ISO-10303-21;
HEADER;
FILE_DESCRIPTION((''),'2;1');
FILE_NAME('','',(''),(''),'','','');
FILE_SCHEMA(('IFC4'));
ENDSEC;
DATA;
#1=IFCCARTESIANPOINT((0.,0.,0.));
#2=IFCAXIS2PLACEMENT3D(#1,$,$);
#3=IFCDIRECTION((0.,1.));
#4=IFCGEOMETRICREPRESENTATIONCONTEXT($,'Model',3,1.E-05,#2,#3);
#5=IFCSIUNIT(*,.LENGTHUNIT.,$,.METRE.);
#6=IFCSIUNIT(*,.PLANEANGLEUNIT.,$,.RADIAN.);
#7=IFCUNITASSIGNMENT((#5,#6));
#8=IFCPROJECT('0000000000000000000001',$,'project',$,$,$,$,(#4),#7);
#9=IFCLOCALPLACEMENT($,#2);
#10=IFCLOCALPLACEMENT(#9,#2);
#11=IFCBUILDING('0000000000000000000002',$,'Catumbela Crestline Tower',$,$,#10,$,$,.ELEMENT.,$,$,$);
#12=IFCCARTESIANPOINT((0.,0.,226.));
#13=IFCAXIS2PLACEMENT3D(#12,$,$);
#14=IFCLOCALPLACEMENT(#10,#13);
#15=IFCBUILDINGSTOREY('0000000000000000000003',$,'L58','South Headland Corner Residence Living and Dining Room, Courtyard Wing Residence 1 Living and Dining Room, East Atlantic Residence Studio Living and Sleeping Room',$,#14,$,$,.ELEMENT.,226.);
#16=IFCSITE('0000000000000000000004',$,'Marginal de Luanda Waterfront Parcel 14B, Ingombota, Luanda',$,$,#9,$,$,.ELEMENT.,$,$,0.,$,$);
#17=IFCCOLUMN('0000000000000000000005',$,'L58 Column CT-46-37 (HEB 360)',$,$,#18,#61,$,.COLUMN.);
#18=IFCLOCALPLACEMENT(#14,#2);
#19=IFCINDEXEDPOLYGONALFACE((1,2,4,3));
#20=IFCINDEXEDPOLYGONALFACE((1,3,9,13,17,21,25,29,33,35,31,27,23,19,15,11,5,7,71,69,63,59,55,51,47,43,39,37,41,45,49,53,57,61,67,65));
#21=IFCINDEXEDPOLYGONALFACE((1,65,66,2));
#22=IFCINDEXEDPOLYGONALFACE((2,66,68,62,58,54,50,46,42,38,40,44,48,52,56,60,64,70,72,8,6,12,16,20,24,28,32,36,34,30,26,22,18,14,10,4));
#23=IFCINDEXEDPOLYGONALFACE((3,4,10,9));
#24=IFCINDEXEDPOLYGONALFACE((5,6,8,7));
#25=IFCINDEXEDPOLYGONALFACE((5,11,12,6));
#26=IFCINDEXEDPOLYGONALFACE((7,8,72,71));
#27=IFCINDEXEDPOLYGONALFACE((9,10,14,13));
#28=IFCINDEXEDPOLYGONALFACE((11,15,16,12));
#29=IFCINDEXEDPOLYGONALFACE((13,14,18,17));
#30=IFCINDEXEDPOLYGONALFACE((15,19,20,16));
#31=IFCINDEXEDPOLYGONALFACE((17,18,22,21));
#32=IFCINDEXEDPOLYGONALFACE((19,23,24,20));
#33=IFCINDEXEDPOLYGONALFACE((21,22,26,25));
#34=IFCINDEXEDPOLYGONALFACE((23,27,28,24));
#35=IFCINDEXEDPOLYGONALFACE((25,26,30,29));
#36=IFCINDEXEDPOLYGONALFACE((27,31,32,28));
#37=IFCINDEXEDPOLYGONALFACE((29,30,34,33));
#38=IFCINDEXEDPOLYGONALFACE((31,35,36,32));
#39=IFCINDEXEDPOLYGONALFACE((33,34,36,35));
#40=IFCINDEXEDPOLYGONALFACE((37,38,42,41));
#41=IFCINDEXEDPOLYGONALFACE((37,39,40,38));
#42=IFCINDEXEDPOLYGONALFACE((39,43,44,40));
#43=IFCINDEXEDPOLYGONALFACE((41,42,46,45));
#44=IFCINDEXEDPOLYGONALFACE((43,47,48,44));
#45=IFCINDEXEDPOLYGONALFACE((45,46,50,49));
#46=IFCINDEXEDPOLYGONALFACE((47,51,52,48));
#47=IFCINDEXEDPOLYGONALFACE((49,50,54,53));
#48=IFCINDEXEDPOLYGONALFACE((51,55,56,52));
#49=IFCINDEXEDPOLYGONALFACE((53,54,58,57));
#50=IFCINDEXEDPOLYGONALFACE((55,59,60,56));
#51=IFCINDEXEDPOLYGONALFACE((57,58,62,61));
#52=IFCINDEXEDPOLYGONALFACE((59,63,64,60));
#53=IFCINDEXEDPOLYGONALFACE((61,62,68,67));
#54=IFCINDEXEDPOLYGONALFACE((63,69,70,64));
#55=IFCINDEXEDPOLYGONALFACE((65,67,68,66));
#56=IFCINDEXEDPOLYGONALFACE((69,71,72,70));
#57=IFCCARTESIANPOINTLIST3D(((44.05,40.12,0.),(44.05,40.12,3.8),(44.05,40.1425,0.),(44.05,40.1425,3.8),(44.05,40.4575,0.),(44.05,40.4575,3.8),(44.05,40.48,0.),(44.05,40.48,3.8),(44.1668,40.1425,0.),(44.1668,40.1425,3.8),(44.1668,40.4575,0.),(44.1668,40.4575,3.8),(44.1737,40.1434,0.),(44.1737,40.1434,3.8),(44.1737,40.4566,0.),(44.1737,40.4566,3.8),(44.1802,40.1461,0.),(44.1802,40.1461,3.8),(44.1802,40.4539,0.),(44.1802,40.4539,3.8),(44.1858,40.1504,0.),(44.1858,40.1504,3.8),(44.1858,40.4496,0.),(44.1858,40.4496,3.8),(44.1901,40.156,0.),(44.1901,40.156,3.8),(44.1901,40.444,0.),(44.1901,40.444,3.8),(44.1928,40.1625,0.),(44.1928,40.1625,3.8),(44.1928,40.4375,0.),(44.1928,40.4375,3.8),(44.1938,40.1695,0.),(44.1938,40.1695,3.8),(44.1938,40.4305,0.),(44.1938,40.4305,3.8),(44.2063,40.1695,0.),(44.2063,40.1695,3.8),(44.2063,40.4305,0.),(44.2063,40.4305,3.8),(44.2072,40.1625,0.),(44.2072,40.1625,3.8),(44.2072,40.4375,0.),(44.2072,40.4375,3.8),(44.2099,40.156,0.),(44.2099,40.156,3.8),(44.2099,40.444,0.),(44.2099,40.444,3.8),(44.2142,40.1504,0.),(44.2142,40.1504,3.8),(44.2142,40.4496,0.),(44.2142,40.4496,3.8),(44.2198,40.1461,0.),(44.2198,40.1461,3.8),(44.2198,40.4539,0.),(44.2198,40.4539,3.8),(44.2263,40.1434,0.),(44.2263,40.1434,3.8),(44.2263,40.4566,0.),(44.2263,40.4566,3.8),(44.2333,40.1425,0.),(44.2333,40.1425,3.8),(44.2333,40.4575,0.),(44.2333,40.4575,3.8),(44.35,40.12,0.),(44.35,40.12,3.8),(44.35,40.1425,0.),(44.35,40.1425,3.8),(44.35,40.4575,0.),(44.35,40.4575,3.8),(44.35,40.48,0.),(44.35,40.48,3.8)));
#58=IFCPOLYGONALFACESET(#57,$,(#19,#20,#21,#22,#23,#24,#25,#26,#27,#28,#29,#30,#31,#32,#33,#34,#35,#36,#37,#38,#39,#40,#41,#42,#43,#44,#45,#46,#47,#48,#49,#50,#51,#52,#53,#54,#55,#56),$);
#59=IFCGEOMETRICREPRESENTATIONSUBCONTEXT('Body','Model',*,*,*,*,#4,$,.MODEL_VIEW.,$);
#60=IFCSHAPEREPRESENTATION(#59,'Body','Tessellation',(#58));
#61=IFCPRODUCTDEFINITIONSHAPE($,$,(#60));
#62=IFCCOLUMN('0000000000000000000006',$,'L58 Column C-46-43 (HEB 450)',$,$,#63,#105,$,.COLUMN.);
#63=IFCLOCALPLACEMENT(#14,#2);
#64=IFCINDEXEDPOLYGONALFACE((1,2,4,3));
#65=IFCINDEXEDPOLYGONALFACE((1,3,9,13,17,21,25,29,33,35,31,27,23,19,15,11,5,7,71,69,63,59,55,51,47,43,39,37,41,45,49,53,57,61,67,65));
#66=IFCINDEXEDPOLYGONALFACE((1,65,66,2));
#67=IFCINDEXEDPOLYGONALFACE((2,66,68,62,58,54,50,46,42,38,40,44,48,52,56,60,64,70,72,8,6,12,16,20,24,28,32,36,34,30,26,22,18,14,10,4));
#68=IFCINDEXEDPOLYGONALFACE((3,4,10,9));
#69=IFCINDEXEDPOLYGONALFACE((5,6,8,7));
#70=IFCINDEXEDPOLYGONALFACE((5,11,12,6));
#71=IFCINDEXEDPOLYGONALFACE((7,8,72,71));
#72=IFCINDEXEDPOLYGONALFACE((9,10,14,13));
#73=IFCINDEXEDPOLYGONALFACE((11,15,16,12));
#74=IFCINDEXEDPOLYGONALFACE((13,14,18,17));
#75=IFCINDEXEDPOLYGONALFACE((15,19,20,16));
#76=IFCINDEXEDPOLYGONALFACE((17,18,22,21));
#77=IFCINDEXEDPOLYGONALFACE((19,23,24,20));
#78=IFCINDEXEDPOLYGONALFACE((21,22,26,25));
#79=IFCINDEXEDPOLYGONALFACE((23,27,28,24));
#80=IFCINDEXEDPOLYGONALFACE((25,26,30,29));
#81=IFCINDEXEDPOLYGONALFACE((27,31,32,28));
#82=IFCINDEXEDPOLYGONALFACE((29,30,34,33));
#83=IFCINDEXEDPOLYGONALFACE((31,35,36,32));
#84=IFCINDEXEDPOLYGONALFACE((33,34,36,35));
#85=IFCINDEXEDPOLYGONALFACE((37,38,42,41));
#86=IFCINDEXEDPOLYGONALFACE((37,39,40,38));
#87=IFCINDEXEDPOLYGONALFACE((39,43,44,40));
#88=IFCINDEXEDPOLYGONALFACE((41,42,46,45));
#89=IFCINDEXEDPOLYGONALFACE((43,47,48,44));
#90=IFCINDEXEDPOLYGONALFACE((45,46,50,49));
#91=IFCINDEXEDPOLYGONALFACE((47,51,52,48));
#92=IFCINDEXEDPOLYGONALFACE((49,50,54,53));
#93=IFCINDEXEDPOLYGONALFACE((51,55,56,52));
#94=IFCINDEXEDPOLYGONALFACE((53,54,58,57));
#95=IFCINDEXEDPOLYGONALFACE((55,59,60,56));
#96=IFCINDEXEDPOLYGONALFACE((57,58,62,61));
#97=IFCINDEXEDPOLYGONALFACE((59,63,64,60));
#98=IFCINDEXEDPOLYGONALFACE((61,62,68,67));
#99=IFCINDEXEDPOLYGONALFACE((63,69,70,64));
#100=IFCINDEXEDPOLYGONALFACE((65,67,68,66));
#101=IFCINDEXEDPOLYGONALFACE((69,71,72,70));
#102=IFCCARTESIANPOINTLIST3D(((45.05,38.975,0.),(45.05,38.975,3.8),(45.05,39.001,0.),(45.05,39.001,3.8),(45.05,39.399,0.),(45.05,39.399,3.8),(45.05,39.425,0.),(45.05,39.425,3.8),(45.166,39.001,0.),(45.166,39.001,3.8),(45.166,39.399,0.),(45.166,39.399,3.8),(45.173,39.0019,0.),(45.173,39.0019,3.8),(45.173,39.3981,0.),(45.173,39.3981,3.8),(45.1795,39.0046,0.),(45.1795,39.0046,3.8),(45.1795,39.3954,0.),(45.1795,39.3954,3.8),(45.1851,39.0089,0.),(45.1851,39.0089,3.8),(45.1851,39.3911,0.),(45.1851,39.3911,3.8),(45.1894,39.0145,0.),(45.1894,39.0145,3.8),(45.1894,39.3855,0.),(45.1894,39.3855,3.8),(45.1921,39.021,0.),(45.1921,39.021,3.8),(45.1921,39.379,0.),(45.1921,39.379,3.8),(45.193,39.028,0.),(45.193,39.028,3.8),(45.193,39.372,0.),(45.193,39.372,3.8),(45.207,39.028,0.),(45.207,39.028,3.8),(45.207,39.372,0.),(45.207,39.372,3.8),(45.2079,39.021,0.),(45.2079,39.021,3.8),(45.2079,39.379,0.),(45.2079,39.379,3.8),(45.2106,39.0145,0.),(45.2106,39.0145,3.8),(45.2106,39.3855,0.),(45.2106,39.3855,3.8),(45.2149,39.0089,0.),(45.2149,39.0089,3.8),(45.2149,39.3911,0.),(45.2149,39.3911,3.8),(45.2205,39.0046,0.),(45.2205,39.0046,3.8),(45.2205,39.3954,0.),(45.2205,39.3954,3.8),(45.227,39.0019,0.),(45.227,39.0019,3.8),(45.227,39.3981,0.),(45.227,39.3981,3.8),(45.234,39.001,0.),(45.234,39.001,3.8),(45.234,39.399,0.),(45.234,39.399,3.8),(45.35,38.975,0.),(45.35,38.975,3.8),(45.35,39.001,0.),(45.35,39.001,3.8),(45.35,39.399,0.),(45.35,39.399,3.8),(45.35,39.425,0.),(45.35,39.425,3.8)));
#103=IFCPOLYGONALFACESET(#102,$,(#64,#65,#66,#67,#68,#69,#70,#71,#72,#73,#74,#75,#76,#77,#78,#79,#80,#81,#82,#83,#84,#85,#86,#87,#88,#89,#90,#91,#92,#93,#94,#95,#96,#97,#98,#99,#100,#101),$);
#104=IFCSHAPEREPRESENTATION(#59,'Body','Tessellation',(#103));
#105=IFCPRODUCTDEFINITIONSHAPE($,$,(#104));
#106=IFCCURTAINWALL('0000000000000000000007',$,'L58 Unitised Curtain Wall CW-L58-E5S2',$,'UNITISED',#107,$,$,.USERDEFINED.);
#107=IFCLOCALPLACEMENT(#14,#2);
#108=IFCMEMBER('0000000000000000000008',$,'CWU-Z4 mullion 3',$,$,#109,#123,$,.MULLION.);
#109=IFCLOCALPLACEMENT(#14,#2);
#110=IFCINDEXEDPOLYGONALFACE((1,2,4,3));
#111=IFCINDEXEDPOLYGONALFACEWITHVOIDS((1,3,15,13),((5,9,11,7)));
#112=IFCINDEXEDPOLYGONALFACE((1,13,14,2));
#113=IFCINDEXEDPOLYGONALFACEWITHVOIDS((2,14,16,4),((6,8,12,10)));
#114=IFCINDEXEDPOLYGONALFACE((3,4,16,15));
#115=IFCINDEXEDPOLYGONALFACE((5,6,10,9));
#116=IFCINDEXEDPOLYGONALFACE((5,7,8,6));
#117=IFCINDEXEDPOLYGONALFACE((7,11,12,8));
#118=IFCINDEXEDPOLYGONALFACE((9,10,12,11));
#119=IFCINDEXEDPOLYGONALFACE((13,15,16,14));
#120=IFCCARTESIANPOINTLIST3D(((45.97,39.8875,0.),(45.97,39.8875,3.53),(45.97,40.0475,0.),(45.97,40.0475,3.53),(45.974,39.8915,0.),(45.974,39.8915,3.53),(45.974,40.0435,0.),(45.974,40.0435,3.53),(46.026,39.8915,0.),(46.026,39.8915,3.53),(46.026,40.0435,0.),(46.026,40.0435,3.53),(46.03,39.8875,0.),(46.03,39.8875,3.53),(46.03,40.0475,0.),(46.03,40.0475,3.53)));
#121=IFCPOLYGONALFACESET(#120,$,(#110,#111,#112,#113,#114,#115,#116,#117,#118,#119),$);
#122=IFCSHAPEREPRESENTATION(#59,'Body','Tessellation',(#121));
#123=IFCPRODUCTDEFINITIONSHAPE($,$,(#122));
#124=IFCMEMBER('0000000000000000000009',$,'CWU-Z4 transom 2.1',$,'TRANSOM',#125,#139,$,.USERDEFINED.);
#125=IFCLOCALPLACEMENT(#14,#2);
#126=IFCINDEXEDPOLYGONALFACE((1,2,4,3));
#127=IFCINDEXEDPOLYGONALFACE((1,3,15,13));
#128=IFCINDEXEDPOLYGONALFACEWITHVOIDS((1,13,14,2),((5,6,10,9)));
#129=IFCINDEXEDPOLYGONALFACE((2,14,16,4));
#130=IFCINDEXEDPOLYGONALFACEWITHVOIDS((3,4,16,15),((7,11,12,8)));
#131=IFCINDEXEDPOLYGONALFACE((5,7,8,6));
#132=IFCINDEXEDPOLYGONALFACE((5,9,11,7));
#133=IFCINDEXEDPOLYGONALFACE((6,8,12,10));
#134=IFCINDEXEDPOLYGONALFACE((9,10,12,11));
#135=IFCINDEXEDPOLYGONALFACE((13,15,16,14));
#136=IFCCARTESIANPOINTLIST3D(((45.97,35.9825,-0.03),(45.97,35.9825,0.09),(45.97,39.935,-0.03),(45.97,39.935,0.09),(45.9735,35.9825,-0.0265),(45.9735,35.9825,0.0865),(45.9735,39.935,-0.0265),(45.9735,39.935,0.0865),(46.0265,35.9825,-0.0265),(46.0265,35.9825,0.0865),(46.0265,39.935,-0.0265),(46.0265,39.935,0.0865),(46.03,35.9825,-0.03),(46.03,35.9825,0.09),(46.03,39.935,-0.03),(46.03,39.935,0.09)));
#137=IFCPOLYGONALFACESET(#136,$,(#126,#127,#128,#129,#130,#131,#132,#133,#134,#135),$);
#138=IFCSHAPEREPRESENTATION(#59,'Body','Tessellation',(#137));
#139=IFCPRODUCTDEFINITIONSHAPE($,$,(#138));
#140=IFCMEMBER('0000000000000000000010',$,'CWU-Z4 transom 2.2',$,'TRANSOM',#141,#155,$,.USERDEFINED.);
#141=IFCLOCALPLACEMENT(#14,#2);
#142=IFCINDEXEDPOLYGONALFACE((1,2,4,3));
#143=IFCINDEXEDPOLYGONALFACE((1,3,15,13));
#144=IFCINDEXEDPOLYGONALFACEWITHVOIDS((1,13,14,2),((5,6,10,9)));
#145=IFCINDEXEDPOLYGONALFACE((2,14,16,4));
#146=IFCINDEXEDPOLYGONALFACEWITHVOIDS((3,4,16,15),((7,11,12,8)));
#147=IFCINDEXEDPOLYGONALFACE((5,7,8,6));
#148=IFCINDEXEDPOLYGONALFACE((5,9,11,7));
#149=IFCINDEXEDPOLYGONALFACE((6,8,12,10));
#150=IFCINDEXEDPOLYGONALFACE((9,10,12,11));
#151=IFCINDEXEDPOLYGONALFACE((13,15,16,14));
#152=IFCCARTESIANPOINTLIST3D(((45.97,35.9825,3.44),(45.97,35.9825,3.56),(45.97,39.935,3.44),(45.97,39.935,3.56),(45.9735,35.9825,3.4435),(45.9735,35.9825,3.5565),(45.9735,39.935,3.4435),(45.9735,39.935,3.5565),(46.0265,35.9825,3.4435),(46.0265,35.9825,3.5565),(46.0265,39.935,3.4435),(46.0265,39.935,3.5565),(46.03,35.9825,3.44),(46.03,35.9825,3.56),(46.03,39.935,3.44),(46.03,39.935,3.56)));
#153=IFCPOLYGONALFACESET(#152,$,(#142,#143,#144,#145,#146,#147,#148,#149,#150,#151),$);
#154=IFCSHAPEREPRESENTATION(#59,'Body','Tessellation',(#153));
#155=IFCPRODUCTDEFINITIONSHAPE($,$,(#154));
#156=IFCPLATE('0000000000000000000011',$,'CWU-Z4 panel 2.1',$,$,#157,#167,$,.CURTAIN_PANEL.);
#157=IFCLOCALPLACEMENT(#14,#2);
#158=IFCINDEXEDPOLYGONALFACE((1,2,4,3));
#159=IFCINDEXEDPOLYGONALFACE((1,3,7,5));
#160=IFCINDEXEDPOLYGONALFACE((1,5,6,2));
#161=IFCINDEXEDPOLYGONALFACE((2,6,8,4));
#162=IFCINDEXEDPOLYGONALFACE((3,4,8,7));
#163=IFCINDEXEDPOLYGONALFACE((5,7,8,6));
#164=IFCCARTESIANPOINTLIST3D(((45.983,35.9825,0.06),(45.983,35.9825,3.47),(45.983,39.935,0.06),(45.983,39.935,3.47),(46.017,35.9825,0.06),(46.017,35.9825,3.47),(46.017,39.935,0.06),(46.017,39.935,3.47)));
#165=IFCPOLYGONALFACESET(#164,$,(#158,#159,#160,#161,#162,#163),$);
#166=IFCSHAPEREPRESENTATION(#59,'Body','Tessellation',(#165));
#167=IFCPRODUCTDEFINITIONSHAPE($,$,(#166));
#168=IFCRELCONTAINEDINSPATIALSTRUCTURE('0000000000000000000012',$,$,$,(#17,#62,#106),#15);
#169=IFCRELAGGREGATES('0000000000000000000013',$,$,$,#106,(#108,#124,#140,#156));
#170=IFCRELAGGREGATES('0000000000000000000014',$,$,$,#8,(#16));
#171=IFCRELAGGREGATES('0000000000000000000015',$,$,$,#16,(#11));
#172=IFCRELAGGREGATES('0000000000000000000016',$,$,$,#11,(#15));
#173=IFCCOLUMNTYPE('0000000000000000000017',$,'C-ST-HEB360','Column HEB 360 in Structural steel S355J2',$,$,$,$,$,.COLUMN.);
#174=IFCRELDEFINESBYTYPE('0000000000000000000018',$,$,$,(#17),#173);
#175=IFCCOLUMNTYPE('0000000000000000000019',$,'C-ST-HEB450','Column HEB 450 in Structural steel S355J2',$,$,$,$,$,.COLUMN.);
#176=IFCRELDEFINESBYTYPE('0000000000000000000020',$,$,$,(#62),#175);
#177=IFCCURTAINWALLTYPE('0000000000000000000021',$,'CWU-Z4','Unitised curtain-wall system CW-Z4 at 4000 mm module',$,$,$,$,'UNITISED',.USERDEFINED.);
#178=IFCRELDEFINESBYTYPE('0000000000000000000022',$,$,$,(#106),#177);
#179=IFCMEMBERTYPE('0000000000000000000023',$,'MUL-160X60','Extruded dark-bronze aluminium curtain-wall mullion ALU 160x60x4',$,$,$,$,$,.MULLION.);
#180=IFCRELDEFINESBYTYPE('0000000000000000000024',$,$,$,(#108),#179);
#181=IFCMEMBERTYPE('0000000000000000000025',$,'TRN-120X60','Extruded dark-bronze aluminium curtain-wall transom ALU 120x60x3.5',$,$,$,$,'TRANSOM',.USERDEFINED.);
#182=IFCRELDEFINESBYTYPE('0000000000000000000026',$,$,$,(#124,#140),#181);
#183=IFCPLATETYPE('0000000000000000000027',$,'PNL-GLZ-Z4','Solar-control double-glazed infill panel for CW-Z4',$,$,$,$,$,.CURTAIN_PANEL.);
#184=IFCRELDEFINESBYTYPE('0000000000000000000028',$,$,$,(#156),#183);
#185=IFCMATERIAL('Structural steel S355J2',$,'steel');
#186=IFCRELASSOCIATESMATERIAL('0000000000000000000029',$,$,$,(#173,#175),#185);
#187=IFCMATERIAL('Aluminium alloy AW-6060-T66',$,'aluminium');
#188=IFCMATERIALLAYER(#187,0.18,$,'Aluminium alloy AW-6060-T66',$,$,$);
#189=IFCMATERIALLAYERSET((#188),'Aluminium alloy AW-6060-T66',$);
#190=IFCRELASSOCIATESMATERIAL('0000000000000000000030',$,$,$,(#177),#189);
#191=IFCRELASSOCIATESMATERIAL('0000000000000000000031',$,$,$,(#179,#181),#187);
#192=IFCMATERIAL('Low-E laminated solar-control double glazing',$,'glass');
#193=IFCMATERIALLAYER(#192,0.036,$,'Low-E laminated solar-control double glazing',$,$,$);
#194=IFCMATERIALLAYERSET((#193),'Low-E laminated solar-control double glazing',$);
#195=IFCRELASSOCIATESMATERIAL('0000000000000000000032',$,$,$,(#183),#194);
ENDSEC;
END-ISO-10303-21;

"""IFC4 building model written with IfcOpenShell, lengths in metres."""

from ifc_helpers import new_model, si_unit, direction, frame, origin, origin_2d, place, context, subcontext, project, spatial, rectangle, hollow_rectangle, i_section, extrude, material, layer, layer_set, material_profile, profile_set, type_object, element, aggregate, save


model = new_model("IFC4")

# Units and contexts
model_context = context("Model", 3, precision=1e-05, world=origin(), true_north=direction((0.0, 1.0)))
body_context = subcontext(model_context, "Body", "Model", "MODEL_VIEW")
ifc_project = project(units=[si_unit("LENGTHUNIT", "METRE"), si_unit("PLANEANGLEUNIT", "RADIAN")], contexts=[model_context])

# Site, building, storey
site_placement = place(None, origin())
site = spatial("IfcSite", under=ifc_project, at=site_placement, Name="Marginal de Luanda Waterfront Parcel 14B, Ingombota, Luanda", CompositionType="ELEMENT", RefElevation=0.0)
building_placement = place(site_placement, origin())
building = spatial("IfcBuilding", under=site, at=building_placement, Name="Catumbela Crestline Tower", CompositionType="ELEMENT")
storey_placement = place(building_placement, frame((0.0, 0.0, 226.0)))
storey = spatial("IfcBuildingStorey", under=building, at=storey_placement, Name="L58", Description="South Headland Corner Residence Living and Dining Room, Courtyard Wing Residence 1 Living and Dining Room, East Atlantic Residence Studio Living and Sleeping Room", CompositionType="ELEMENT", Elevation=226.0)

# Columns
ifc_material_1 = material(Name="Structural steel S355J2", Category="steel")
ifc_material_profile_1 = material_profile(ifc_material_1, i_section(OverallWidth=0.3, OverallDepth=0.36, WebThickness=0.0125, FlangeThickness=0.0225, FilletRadius=0.027, at=origin_2d()), Name="HEB 360")
ifc_profile_set_1 = profile_set([ifc_material_profile_1], Name="Structural steel S355J2")
column_type_1 = type_object("IfcColumnType", Name="C-ST-HEB360", Description="Column HEB 360 in Structural steel S355J2", PredefinedType="COLUMN", material=ifc_profile_set_1)
column_1_placement = place(storey_placement, frame((44.2, 40.3, 0.0), z_axis=(0.0, 0.0, 1.0), x_axis=(1.0, 0.0, 0.0)))
element("IfcColumn", 1, at=column_1_placement, inside=storey, type_object=column_type_1, Name="L58 Column CT-46-37 (HEB 360)", PredefinedType="COLUMN", context=body_context, shape_type="SweptSolid", body=[
    extrude(i_section(OverallWidth=0.3, OverallDepth=0.36, WebThickness=0.0125, FlangeThickness=0.0225, FilletRadius=0.027, at=origin_2d()), origin(), (0.0, 0.0, 1.0), 3.8),
])
ifc_material_profile_2 = material_profile(ifc_material_1, i_section(OverallWidth=0.3, OverallDepth=0.45, WebThickness=0.014, FlangeThickness=0.026, FilletRadius=0.027, at=origin_2d()), Name="HEB 450")
ifc_profile_set_2 = profile_set([ifc_material_profile_2], Name="Structural steel S355J2")
column_type_2 = type_object("IfcColumnType", Name="C-ST-HEB450", Description="Column HEB 450 in Structural steel S355J2", PredefinedType="COLUMN", material=ifc_profile_set_2)
column_2_placement = place(storey_placement, frame((45.2, 39.2, 0.0), z_axis=(0.0, 0.0, 1.0), x_axis=(1.0, 0.0, 0.0)))
element("IfcColumn", 2, at=column_2_placement, inside=storey, type_object=column_type_2, Name="L58 Column C-46-43 (HEB 450)", PredefinedType="COLUMN", context=body_context, shape_type="SweptSolid", body=[
    extrude(i_section(OverallWidth=0.3, OverallDepth=0.45, WebThickness=0.014, FlangeThickness=0.026, FilletRadius=0.027, at=origin_2d()), origin(), (0.0, 0.0, 1.0), 3.8),
])

# Curtain wall, members, plate
ifc_material_2 = material(Name="Aluminium alloy AW-6060-T66", Category="aluminium")
ifc_layer_1 = layer(ifc_material_2, 0.18, Name="Aluminium alloy AW-6060-T66")
ifc_layer_set_1 = layer_set([ifc_layer_1], Name="Aluminium alloy AW-6060-T66")
curtain_wall_type = type_object("IfcCurtainWallType", Name="CWU-Z4", Description="Unitised curtain-wall system CW-Z4 at 4000 mm module", ElementType="UNITISED", PredefinedType="USERDEFINED", material=ifc_layer_set_1)
curtain_wall_placement = place(storey_placement, origin())
curtain_wall = element("IfcCurtainWall", 3, at=curtain_wall_placement, inside=storey, type_object=curtain_wall_type, Name="L58 Unitised Curtain Wall CW-L58-E5S2", ObjectType="UNITISED", PredefinedType="USERDEFINED")
ifc_material_profile_3 = material_profile(ifc_material_2, hollow_rectangle(XDim=0.06, YDim=0.16, WallThickness=0.004, at=origin_2d()), Name="ALU 160x60x4")
ifc_profile_set_3 = profile_set([ifc_material_profile_3], Name="Aluminium alloy AW-6060-T66")
member_type_1 = type_object("IfcMemberType", Name="MUL-160X60", Description="Extruded dark-bronze aluminium curtain-wall mullion ALU 160x60x4", PredefinedType="MULLION", material=ifc_profile_set_3)
member_1_placement = place(storey_placement, frame((46.0, 39.9675, 0.0), z_axis=(0.0, 0.0, 1.0), x_axis=(-1.0, 0.0, 0.0)))
member_1 = element("IfcMember", 4, at=member_1_placement, type_object=member_type_1, Name="CWU-Z4 mullion 3", PredefinedType="MULLION", context=body_context, shape_type="SweptSolid", body=[
    extrude(hollow_rectangle(XDim=0.06, YDim=0.16, WallThickness=0.004, at=origin_2d()), origin(), (0.0, 0.0, 1.0), 3.53),
])
ifc_material_profile_4 = material_profile(ifc_material_2, hollow_rectangle(XDim=0.06, YDim=0.12, WallThickness=0.0035, at=origin_2d()), Name="ALU 120x60x3.5")
ifc_profile_set_4 = profile_set([ifc_material_profile_4], Name="Aluminium alloy AW-6060-T66")
member_type_2 = type_object("IfcMemberType", Name="TRN-120X60", Description="Extruded dark-bronze aluminium curtain-wall transom ALU 120x60x3.5", ElementType="TRANSOM", PredefinedType="USERDEFINED", material=ifc_profile_set_4)
member_2_placement = place(storey_placement, frame((46.0, 35.9825, 0.03), z_axis=(0.0, 1.0, 0.0), x_axis=(-1.0, 0.0, 0.0)))
member_2 = element("IfcMember", 5, at=member_2_placement, type_object=member_type_2, Name="CWU-Z4 transom 2.1", ObjectType="TRANSOM", PredefinedType="USERDEFINED", context=body_context, shape_type="SweptSolid", body=[
    extrude(hollow_rectangle(XDim=0.06, YDim=0.12, WallThickness=0.0035, at=origin_2d()), origin(), (0.0, 0.0, 1.0), 3.9525),
])
member_3_placement = place(storey_placement, frame((46.0, 35.9825, 3.5), z_axis=(0.0, 1.0, 0.0), x_axis=(-1.0, 0.0, 0.0)))
member_3 = element("IfcMember", 6, at=member_3_placement, type_object=member_type_2, Name="CWU-Z4 transom 2.2", ObjectType="TRANSOM", PredefinedType="USERDEFINED", context=body_context, shape_type="SweptSolid", body=[
    extrude(hollow_rectangle(XDim=0.06, YDim=0.12, WallThickness=0.0035, at=origin_2d()), origin(), (0.0, 0.0, 1.0), 3.9525),
])
ifc_material_3 = material(Name="Low-E laminated solar-control double glazing", Category="glass")
ifc_layer_2 = layer(ifc_material_3, 0.036, Name="Low-E laminated solar-control double glazing")
ifc_layer_set_2 = layer_set([ifc_layer_2], Name="Low-E laminated solar-control double glazing")
plate_type = type_object("IfcPlateType", Name="PNL-GLZ-Z4", Description="Solar-control double-glazed infill panel for CW-Z4", PredefinedType="CURTAIN_PANEL", material=ifc_layer_set_2)
plate_placement = place(storey_placement, frame((46.0, 37.9588, 0.06), z_axis=(0.0, 0.0, 1.0), x_axis=(0.0, 1.0, 0.0)))
plate = element("IfcPlate", 7, at=plate_placement, type_object=plate_type, Name="CWU-Z4 panel 2.1", PredefinedType="CURTAIN_PANEL", context=body_context, shape_type="SweptSolid", body=[
    extrude(rectangle(XDim=3.9525, YDim=0.034, at=origin_2d()), origin(), (0.0, 0.0, 1.0), 3.41),
])
aggregate(curtain_wall, [member_1, member_2, member_3, plate])

save(model, "model.ifc")
